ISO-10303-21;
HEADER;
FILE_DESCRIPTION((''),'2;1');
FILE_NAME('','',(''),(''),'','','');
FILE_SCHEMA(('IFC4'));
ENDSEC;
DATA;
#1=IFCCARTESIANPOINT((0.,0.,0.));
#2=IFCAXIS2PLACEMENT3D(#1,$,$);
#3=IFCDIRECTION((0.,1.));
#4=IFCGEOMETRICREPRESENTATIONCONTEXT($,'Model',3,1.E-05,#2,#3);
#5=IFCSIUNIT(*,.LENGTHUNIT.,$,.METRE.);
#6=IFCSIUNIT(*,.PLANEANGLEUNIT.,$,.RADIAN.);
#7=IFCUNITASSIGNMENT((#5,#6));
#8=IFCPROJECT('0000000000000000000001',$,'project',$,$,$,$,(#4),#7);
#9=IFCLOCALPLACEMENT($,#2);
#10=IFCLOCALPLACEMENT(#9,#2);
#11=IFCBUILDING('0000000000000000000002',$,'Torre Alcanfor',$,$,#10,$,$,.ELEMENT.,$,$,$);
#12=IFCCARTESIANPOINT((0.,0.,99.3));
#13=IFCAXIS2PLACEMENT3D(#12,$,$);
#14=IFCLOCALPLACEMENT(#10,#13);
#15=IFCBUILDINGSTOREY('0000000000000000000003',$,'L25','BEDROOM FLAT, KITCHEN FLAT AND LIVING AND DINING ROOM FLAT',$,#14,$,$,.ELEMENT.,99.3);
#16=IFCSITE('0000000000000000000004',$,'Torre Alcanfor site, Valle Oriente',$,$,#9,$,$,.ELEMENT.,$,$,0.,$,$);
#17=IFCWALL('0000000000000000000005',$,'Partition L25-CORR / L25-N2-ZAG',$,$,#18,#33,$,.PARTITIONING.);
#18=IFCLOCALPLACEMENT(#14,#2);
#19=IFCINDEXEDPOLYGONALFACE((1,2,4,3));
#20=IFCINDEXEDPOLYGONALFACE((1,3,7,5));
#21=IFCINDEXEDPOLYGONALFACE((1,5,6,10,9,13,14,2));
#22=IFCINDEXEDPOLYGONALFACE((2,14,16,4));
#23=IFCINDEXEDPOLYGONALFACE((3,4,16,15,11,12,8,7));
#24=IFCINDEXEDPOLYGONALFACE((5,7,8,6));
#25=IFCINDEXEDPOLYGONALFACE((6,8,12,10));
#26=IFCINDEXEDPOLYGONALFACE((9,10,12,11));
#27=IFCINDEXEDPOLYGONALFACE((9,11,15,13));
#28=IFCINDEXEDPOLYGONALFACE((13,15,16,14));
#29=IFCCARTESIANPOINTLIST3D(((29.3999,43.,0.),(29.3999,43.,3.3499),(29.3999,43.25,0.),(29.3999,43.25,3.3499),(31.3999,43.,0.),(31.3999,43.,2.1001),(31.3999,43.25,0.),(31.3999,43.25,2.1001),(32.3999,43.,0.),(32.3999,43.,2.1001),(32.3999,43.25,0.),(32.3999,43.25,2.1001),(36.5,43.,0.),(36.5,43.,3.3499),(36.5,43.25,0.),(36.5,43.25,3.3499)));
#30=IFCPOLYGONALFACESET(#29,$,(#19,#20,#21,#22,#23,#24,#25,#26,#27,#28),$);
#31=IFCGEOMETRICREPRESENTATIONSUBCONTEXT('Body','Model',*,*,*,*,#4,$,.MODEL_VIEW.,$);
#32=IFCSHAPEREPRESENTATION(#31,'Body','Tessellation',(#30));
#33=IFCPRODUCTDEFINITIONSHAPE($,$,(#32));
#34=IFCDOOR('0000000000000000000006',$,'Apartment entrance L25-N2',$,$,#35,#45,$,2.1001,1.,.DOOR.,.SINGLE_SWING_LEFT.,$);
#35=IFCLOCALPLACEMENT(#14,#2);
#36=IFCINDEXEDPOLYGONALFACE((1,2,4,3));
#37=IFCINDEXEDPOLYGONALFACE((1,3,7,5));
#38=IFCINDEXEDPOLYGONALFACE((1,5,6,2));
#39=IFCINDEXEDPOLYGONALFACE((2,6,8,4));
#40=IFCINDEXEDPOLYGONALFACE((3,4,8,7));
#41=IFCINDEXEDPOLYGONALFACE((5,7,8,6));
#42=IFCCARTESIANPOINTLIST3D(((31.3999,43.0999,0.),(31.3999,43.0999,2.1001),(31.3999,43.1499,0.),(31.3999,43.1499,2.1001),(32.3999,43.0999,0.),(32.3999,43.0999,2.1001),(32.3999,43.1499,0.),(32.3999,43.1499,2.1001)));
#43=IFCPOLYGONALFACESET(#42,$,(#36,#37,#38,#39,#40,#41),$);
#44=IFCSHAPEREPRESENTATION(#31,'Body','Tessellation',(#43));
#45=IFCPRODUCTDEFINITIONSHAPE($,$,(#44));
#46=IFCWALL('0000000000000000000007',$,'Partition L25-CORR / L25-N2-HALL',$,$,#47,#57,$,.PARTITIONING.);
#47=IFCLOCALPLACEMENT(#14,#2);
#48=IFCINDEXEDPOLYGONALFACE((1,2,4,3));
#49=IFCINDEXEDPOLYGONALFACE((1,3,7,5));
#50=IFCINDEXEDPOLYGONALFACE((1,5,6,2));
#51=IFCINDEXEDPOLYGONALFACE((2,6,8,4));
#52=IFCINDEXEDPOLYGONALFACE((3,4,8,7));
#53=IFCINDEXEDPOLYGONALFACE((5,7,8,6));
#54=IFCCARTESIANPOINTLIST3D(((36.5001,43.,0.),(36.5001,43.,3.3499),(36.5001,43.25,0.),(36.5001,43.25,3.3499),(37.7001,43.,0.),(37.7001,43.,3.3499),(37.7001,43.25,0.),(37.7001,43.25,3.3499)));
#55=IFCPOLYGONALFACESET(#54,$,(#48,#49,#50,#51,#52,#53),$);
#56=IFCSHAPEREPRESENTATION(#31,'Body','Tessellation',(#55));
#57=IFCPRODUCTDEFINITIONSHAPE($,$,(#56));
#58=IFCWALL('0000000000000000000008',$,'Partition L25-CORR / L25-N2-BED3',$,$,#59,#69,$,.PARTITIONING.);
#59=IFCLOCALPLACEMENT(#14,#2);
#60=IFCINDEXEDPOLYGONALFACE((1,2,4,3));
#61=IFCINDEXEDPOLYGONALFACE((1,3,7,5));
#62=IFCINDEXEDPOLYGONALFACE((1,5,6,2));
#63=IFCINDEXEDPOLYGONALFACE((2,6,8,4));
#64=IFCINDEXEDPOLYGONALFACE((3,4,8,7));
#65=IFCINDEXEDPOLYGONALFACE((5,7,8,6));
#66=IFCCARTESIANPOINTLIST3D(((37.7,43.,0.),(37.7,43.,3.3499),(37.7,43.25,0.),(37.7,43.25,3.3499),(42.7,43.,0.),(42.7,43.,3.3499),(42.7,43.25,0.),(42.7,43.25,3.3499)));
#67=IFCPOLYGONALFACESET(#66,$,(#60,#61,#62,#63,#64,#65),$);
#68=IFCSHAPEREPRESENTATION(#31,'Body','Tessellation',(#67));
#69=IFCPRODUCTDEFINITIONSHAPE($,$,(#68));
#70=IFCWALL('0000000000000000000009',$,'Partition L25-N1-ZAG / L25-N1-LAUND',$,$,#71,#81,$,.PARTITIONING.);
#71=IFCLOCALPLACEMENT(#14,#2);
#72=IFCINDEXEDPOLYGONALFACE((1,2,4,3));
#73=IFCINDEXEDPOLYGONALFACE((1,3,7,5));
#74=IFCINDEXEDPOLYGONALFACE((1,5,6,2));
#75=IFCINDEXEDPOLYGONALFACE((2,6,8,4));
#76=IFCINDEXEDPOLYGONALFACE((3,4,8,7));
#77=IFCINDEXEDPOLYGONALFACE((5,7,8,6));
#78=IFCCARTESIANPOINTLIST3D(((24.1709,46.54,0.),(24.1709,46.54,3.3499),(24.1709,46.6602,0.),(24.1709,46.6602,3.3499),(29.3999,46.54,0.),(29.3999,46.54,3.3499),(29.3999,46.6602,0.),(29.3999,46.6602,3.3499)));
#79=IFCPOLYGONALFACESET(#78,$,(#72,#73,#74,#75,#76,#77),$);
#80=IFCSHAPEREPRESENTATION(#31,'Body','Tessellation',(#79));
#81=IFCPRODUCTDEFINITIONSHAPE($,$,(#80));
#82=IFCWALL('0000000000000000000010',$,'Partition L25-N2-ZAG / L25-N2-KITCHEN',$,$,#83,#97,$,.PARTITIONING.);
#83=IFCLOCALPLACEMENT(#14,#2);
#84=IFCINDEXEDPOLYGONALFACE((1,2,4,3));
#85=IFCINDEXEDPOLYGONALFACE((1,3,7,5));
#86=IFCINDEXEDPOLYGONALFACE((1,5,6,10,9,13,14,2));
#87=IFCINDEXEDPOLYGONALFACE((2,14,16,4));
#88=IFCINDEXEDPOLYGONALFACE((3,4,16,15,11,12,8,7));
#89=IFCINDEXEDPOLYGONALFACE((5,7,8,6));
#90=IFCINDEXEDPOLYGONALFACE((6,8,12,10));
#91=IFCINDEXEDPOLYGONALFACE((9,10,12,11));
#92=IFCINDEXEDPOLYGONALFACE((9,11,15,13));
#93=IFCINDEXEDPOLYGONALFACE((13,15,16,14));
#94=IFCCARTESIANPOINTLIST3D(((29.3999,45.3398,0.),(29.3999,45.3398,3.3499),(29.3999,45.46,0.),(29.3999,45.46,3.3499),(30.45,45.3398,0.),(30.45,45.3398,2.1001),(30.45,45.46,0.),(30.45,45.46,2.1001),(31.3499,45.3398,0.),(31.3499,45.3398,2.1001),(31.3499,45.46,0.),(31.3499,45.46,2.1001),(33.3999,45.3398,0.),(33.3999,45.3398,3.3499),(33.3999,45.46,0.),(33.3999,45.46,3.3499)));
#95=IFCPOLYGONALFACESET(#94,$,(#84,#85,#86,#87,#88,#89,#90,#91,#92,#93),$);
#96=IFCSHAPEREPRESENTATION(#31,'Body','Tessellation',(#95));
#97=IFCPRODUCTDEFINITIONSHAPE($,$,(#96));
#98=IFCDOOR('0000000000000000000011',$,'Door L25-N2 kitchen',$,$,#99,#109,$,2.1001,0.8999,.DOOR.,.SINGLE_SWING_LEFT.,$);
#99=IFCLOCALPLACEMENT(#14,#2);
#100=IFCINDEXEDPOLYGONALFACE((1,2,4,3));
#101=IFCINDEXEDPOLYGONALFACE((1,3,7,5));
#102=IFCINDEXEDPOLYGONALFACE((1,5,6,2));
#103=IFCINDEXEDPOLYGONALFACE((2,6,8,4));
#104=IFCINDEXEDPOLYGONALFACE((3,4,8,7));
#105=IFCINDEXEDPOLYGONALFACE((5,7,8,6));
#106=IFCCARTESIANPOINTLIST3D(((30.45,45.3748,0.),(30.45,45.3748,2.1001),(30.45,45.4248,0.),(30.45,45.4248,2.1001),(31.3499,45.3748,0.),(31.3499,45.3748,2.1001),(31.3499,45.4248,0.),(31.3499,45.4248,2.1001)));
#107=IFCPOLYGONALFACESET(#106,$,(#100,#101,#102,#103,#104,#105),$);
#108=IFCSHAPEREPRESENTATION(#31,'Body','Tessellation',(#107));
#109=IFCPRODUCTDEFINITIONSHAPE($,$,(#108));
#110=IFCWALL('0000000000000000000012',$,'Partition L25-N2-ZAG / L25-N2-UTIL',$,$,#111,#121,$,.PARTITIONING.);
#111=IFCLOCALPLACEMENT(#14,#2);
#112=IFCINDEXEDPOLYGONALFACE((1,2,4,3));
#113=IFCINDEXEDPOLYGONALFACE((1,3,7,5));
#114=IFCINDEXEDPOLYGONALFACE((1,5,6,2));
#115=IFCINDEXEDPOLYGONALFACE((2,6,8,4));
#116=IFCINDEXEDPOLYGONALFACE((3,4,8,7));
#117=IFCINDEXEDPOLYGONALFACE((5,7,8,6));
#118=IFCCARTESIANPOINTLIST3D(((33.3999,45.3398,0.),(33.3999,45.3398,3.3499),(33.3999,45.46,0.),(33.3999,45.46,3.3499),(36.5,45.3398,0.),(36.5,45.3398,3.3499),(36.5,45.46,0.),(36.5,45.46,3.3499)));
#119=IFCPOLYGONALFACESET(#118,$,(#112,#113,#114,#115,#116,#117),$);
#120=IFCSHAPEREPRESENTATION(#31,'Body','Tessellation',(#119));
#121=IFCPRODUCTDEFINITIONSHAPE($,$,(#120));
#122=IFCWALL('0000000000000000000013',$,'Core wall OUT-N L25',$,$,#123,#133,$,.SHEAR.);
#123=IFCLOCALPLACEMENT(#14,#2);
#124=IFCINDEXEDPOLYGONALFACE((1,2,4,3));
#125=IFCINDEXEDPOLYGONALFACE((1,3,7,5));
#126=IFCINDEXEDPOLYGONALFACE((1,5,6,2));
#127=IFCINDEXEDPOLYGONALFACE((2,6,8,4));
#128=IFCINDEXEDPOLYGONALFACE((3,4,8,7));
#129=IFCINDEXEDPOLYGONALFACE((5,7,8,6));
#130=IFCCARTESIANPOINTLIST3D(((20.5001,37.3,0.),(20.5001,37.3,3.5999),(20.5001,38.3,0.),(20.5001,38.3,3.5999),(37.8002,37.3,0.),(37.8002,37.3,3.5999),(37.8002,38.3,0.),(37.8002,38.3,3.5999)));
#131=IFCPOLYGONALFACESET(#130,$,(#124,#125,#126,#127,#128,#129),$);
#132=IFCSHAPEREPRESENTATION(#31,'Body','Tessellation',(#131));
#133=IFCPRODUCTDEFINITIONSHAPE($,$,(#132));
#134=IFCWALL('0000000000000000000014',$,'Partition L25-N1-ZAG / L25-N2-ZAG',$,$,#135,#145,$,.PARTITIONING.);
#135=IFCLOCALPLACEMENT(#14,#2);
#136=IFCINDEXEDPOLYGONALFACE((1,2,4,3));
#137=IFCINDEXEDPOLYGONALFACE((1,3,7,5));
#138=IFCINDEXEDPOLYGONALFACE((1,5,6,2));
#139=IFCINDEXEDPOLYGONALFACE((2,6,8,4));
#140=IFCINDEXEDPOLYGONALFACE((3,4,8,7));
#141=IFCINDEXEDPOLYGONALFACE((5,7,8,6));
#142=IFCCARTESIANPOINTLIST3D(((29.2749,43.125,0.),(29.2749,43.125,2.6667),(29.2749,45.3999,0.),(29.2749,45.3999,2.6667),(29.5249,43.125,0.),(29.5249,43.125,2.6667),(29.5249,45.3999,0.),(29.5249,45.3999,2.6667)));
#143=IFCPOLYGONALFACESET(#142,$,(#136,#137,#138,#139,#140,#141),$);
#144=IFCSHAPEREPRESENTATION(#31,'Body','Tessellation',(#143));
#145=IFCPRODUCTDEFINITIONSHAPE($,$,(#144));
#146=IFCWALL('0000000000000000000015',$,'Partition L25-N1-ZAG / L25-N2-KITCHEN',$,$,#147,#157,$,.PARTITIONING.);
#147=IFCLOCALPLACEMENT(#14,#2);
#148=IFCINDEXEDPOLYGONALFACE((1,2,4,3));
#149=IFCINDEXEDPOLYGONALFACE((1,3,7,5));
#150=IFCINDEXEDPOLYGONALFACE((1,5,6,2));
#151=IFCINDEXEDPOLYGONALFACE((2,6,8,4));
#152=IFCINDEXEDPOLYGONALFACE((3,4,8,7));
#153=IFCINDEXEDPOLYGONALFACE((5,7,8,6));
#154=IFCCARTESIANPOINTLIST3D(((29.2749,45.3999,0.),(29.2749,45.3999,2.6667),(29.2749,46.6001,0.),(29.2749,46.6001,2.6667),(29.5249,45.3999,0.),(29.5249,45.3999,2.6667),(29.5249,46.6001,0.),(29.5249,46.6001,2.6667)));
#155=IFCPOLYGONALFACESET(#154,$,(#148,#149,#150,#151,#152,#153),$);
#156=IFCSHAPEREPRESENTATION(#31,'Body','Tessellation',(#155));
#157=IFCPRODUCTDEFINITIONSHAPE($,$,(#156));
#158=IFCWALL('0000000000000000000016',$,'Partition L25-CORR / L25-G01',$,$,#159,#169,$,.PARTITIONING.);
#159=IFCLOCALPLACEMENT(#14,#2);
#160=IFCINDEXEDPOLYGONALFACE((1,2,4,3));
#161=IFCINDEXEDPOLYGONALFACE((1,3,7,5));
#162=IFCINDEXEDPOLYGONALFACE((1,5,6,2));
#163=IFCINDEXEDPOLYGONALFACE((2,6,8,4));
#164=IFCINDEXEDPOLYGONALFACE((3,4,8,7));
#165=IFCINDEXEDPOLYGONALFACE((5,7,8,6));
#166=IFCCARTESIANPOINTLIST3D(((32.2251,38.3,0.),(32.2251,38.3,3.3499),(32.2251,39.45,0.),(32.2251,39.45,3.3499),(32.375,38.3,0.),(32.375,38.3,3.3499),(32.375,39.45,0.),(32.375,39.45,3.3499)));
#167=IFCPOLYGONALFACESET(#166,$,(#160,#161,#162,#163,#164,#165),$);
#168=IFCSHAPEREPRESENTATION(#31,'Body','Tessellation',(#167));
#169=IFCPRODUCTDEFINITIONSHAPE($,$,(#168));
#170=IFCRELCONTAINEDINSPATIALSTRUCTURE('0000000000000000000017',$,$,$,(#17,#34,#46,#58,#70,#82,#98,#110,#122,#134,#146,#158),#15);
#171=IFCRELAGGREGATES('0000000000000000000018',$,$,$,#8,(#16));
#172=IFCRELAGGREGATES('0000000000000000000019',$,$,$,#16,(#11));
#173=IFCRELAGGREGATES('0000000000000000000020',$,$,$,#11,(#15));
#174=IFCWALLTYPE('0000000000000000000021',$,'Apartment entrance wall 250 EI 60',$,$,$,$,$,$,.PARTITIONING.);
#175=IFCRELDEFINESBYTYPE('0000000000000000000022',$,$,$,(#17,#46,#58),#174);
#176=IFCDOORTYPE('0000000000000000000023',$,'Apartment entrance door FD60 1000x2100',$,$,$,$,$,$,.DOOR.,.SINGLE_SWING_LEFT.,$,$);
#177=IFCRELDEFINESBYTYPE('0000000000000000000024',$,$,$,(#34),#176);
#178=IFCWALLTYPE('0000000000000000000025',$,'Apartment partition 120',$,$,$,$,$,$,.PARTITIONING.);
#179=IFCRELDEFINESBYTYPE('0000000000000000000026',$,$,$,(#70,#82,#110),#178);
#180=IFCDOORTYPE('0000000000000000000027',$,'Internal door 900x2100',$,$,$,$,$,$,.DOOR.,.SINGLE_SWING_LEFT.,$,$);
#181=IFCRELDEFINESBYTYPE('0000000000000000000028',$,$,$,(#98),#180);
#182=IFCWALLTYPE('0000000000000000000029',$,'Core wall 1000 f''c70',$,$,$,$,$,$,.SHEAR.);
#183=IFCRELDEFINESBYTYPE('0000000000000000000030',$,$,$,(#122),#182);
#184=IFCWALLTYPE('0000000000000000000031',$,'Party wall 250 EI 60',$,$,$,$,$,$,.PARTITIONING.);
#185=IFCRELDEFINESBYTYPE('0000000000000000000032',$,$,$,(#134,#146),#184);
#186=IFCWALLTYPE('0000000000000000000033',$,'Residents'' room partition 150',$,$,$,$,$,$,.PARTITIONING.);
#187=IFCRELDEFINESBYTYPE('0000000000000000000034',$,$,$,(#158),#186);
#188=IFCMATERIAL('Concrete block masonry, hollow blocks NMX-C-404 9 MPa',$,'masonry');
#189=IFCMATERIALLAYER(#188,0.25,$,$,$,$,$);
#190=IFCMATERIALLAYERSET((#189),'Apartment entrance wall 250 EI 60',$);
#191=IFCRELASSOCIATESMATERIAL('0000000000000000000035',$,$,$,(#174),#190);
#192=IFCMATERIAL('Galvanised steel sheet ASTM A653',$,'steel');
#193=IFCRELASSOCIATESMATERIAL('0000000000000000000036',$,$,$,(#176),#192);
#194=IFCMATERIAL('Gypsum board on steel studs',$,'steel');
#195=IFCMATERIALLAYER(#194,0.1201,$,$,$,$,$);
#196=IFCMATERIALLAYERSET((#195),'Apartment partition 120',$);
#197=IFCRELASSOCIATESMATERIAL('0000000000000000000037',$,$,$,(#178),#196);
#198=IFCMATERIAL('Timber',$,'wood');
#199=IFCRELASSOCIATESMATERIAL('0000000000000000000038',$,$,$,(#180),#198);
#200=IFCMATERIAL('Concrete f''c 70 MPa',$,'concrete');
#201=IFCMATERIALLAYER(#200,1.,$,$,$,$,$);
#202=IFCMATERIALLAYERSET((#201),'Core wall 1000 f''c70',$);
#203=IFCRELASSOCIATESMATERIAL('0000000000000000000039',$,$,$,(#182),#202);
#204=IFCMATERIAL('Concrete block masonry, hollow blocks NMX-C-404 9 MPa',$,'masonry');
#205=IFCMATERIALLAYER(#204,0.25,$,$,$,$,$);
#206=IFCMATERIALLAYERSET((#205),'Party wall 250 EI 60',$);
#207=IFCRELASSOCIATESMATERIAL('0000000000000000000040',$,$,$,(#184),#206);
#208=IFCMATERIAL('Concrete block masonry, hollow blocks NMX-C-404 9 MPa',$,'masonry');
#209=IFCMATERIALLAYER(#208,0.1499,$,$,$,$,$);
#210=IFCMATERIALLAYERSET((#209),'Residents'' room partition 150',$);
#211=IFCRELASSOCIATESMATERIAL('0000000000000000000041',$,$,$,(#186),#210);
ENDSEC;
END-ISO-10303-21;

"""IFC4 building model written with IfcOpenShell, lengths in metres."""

from ifc_helpers import new_model, si_unit, direction, frame, frame_2d, origin, place, context, subcontext, project, spatial, rectangle, extrude, material, layer, layer_set, type_object, element, fill, save


model = new_model("IFC4")

# Units and contexts
model_context = context("Model", 3, precision=1e-05, world=origin(), true_north=direction((0.0, 1.0)))
body_context = subcontext(model_context, "Body", "Model", "MODEL_VIEW")
ifc_project = project(units=[si_unit("LENGTHUNIT", "METRE"), si_unit("PLANEANGLEUNIT", "RADIAN")], contexts=[model_context])

# Site, building, storey
site_placement = place(None, origin())
site = spatial("IfcSite", under=ifc_project, at=site_placement, Name="Torre Alcanfor site, Valle Oriente", CompositionType="ELEMENT", RefElevation=0.0)
building_placement = place(site_placement, origin())
building = spatial("IfcBuilding", under=site, at=building_placement, Name="Torre Alcanfor", CompositionType="ELEMENT")
storey_placement = place(building_placement, frame((0.0, 0.0, 99.3)))
storey = spatial("IfcBuildingStorey", under=building, at=storey_placement, Name="L25", Description="BEDROOM FLAT, KITCHEN FLAT AND LIVING AND DINING ROOM FLAT", CompositionType="ELEMENT", Elevation=99.3)

# Wall, opening, door
ifc_material_1 = material(Name="Concrete block masonry, hollow blocks NMX-C-404 9 MPa", Category="masonry")
ifc_layer_1 = layer(ifc_material_1, 0.25)
ifc_layer_set_1 = layer_set([ifc_layer_1], Name="Apartment entrance wall 250 EI 60")
wall_type_1 = type_object("IfcWallType", Name="Apartment entrance wall 250 EI 60", PredefinedType="PARTITIONING", material=ifc_layer_set_1)
wall_1_placement = place(storey_placement, frame((29.3999, 43.125, 0.0), z_axis=(0.0, 0.0, 1.0), x_axis=(1.0, 0.0, 0.0)))
wall_1 = element("IfcWall", 1, at=wall_1_placement, inside=storey, type_object=wall_type_1, Name="Partition L25-CORR / L25-N2-ZAG", PredefinedType="PARTITIONING", context=body_context, shape_type="SweptSolid", body=[
    extrude(rectangle(XDim=7.1001, YDim=0.25, at=frame_2d((3.55, 0.0))), origin(), (0.0, 0.0, 1.0), 3.3499),
])
opening_1_placement = place(wall_1_placement, frame((2.0, 0.0, 0.0)))
opening_1 = element("IfcOpeningElement", 2, at=opening_1_placement, cuts=wall_1, PredefinedType="OPENING", context=body_context, shape_type="SweptSolid", body=[
    extrude(rectangle(XDim=1.0, YDim=2.1001, at=frame_2d((0.5, 1.05))), frame((0.0, 0.135, 0.0), z_axis=(0.0, -1.0, 0.0), x_axis=(1.0, 0.0, 0.0)), (0.0, 0.0, 1.0), 0.27),
])
ifc_material_2 = material(Name="Galvanised steel sheet ASTM A653", Category="steel")
door_type_1 = type_object("IfcDoorType", Name="Apartment entrance door FD60 1000x2100", OperationType="SINGLE_SWING_LEFT", PredefinedType="DOOR", material=ifc_material_2)
door_1_placement = place(opening_1_placement, origin())
door_1 = element("IfcDoor", 3, at=door_1_placement, inside=storey, type_object=door_type_1, Name="Apartment entrance L25-N2", OperationType="SINGLE_SWING_LEFT", OverallHeight=2.1001, OverallWidth=1.0, PredefinedType="DOOR", context=body_context, shape_type="SweptSolid", body=[
    extrude(rectangle(XDim=1.0, YDim=2.1001, at=frame_2d((0.5, 1.05))), frame((0.0, 0.0249, 0.0), z_axis=(0.0, -1.0, 0.0), x_axis=(1.0, 0.0, 0.0)), (0.0, 0.0, 1.0), 0.05),
])
fill(opening_1, door_1)

# Walls
wall_2_placement = place(storey_placement, frame((36.5, 43.125, 0.0), z_axis=(0.0, 0.0, 1.0), x_axis=(1.0, 0.0, 0.0)))
element("IfcWall", 4, at=wall_2_placement, inside=storey, type_object=wall_type_1, Name="Partition L25-CORR / L25-N2-HALL", PredefinedType="PARTITIONING", context=body_context, shape_type="SweptSolid", body=[
    extrude(rectangle(XDim=1.2, YDim=0.25, at=frame_2d((0.6001, 0.0))), origin(), (0.0, 0.0, 1.0), 3.3499),
])
wall_3_placement = place(storey_placement, frame((37.7, 43.125, 0.0), z_axis=(0.0, 0.0, 1.0), x_axis=(1.0, 0.0, 0.0)))
element("IfcWall", 5, at=wall_3_placement, inside=storey, type_object=wall_type_1, Name="Partition L25-CORR / L25-N2-BED3", PredefinedType="PARTITIONING", context=body_context, shape_type="SweptSolid", body=[
    extrude(rectangle(XDim=5.0, YDim=0.25, at=frame_2d((2.5, 0.0))), origin(), (0.0, 0.0, 1.0), 3.3499),
])
ifc_material_3 = material(Name="Gypsum board on steel studs", Category="steel")
ifc_layer_2 = layer(ifc_material_3, 0.1201)
ifc_layer_set_2 = layer_set([ifc_layer_2], Name="Apartment partition 120")
wall_type_2 = type_object("IfcWallType", Name="Apartment partition 120", PredefinedType="PARTITIONING", material=ifc_layer_set_2)
wall_4_placement = place(storey_placement, frame((29.3999, 46.6001, 0.0), z_axis=(0.0, 0.0, 1.0), x_axis=(-1.0, 0.0, 0.0)))
element("IfcWall", 6, at=wall_4_placement, inside=storey, type_object=wall_type_2, Name="Partition L25-N1-ZAG / L25-N1-LAUND", PredefinedType="PARTITIONING", context=body_context, shape_type="SweptSolid", body=[
    extrude(rectangle(XDim=5.229, YDim=0.1201, at=frame_2d((2.6145, 0.0))), origin(), (0.0, 0.0, 1.0), 3.3499),
])

# Wall, opening, door
wall_5_placement = place(storey_placement, frame((29.3999, 45.3999, 0.0), z_axis=(0.0, 0.0, 1.0), x_axis=(1.0, 0.0, 0.0)))
wall_5 = element("IfcWall", 7, at=wall_5_placement, inside=storey, type_object=wall_type_2, Name="Partition L25-N2-ZAG / L25-N2-KITCHEN", PredefinedType="PARTITIONING", context=body_context, shape_type="SweptSolid", body=[
    extrude(rectangle(XDim=4.0, YDim=0.1201, at=frame_2d((2.0, 0.0))), origin(), (0.0, 0.0, 1.0), 3.3499),
])
opening_2_placement = place(wall_5_placement, frame((1.05, 0.0, 0.0)))
opening_2 = element("IfcOpeningElement", 8, at=opening_2_placement, cuts=wall_5, PredefinedType="OPENING", context=body_context, shape_type="SweptSolid", body=[
    extrude(rectangle(XDim=0.8999, YDim=2.1001, at=frame_2d((0.45, 1.05))), frame((0.0, 0.0701, 0.0), z_axis=(0.0, -1.0, 0.0), x_axis=(1.0, 0.0, 0.0)), (0.0, 0.0, 1.0), 0.1401),
])
ifc_material_4 = material(Name="Timber", Category="wood")
door_type_2 = type_object("IfcDoorType", Name="Internal door 900x2100", OperationType="SINGLE_SWING_LEFT", PredefinedType="DOOR", material=ifc_material_4)
door_2_placement = place(opening_2_placement, origin())
door_2 = element("IfcDoor", 9, at=door_2_placement, inside=storey, type_object=door_type_2, Name="Door L25-N2 kitchen", OperationType="SINGLE_SWING_LEFT", OverallHeight=2.1001, OverallWidth=0.8999, PredefinedType="DOOR", context=body_context, shape_type="SweptSolid", body=[
    extrude(rectangle(XDim=0.8999, YDim=2.1001, at=frame_2d((0.45, 1.05))), frame((0.0, 0.0249, 0.0), z_axis=(0.0, -1.0, 0.0), x_axis=(1.0, 0.0, 0.0)), (0.0, 0.0, 1.0), 0.05),
])
fill(opening_2, door_2)

# Walls
wall_6_placement = place(storey_placement, frame((33.3999, 45.3999, 0.0), z_axis=(0.0, 0.0, 1.0), x_axis=(1.0, 0.0, 0.0)))
element("IfcWall", 10, at=wall_6_placement, inside=storey, type_object=wall_type_2, Name="Partition L25-N2-ZAG / L25-N2-UTIL", PredefinedType="PARTITIONING", context=body_context, shape_type="SweptSolid", body=[
    extrude(rectangle(XDim=3.1001, YDim=0.1201, at=frame_2d((1.55, 0.0))), origin(), (0.0, 0.0, 1.0), 3.3499),
])
ifc_material_5 = material(Name="Concrete f'c 70 MPa", Category="concrete")
ifc_layer_3 = layer(ifc_material_5, 1.0)
ifc_layer_set_3 = layer_set([ifc_layer_3], Name="Core wall 1000 f'c70")
wall_type_3 = type_object("IfcWallType", Name="Core wall 1000 f'c70", PredefinedType="SHEAR", material=ifc_layer_set_3)
wall_7_placement = place(storey_placement, frame((37.8, 37.8, 0.0), z_axis=(0.0, 0.0, 1.0), x_axis=(-1.0, 0.0, 0.0)))
element("IfcWall", 11, at=wall_7_placement, inside=storey, type_object=wall_type_3, Name="Core wall OUT-N L25", PredefinedType="SHEAR", context=body_context, shape_type="SweptSolid", body=[
    extrude(rectangle(XDim=17.3, YDim=1.0, at=frame_2d((8.6499, 0.0))), origin(), (0.0, 0.0, 1.0), 3.5999),
])
ifc_material_6 = material(Name="Concrete block masonry, hollow blocks NMX-C-404 9 MPa", Category="masonry")
ifc_layer_4 = layer(ifc_material_6, 0.25)
ifc_layer_set_4 = layer_set([ifc_layer_4], Name="Party wall 250 EI 60")
wall_type_4 = type_object("IfcWallType", Name="Party wall 250 EI 60", PredefinedType="PARTITIONING", material=ifc_layer_set_4)
wall_8_placement = place(storey_placement, frame((29.3999, 43.125, 0.0), z_axis=(0.0, 0.0, 1.0), x_axis=(0.0, 1.0, 0.0)))
element("IfcWall", 12, at=wall_8_placement, inside=storey, type_object=wall_type_4, Name="Partition L25-N1-ZAG / L25-N2-ZAG", PredefinedType="PARTITIONING", context=body_context, shape_type="SweptSolid", body=[
    extrude(rectangle(XDim=2.2749, YDim=0.25, at=frame_2d((1.1375, 0.0))), origin(), (0.0, 0.0, 1.0), 2.6667),
])
wall_9_placement = place(storey_placement, frame((29.3999, 45.3999, 0.0), z_axis=(0.0, 0.0, 1.0), x_axis=(0.0, 1.0, 0.0)))
element("IfcWall", 13, at=wall_9_placement, inside=storey, type_object=wall_type_4, Name="Partition L25-N1-ZAG / L25-N2-KITCHEN", PredefinedType="PARTITIONING", context=body_context, shape_type="SweptSolid", body=[
    extrude(rectangle(XDim=1.2002, YDim=0.25, at=frame_2d((0.6001, 0.0))), origin(), (0.0, 0.0, 1.0), 2.6667),
])
ifc_material_7 = material(Name="Concrete block masonry, hollow blocks NMX-C-404 9 MPa", Category="masonry")
ifc_layer_5 = layer(ifc_material_7, 0.1499)
ifc_layer_set_5 = layer_set([ifc_layer_5], Name="Residents' room partition 150")
wall_type_5 = type_object("IfcWallType", Name="Residents' room partition 150", PredefinedType="PARTITIONING", material=ifc_layer_set_5)
wall_10_placement = place(storey_placement, frame((32.3, 38.3, 0.0), z_axis=(0.0, 0.0, 1.0), x_axis=(0.0, 1.0, 0.0)))
element("IfcWall", 14, at=wall_10_placement, inside=storey, type_object=wall_type_5, Name="Partition L25-CORR / L25-G01", PredefinedType="PARTITIONING", context=body_context, shape_type="SweptSolid", body=[
    extrude(rectangle(XDim=1.1499, YDim=0.1499, at=frame_2d((0.575, 0.0))), origin(), (0.0, 0.0, 1.0), 3.3499),
])

save(model, "model.ifc")
